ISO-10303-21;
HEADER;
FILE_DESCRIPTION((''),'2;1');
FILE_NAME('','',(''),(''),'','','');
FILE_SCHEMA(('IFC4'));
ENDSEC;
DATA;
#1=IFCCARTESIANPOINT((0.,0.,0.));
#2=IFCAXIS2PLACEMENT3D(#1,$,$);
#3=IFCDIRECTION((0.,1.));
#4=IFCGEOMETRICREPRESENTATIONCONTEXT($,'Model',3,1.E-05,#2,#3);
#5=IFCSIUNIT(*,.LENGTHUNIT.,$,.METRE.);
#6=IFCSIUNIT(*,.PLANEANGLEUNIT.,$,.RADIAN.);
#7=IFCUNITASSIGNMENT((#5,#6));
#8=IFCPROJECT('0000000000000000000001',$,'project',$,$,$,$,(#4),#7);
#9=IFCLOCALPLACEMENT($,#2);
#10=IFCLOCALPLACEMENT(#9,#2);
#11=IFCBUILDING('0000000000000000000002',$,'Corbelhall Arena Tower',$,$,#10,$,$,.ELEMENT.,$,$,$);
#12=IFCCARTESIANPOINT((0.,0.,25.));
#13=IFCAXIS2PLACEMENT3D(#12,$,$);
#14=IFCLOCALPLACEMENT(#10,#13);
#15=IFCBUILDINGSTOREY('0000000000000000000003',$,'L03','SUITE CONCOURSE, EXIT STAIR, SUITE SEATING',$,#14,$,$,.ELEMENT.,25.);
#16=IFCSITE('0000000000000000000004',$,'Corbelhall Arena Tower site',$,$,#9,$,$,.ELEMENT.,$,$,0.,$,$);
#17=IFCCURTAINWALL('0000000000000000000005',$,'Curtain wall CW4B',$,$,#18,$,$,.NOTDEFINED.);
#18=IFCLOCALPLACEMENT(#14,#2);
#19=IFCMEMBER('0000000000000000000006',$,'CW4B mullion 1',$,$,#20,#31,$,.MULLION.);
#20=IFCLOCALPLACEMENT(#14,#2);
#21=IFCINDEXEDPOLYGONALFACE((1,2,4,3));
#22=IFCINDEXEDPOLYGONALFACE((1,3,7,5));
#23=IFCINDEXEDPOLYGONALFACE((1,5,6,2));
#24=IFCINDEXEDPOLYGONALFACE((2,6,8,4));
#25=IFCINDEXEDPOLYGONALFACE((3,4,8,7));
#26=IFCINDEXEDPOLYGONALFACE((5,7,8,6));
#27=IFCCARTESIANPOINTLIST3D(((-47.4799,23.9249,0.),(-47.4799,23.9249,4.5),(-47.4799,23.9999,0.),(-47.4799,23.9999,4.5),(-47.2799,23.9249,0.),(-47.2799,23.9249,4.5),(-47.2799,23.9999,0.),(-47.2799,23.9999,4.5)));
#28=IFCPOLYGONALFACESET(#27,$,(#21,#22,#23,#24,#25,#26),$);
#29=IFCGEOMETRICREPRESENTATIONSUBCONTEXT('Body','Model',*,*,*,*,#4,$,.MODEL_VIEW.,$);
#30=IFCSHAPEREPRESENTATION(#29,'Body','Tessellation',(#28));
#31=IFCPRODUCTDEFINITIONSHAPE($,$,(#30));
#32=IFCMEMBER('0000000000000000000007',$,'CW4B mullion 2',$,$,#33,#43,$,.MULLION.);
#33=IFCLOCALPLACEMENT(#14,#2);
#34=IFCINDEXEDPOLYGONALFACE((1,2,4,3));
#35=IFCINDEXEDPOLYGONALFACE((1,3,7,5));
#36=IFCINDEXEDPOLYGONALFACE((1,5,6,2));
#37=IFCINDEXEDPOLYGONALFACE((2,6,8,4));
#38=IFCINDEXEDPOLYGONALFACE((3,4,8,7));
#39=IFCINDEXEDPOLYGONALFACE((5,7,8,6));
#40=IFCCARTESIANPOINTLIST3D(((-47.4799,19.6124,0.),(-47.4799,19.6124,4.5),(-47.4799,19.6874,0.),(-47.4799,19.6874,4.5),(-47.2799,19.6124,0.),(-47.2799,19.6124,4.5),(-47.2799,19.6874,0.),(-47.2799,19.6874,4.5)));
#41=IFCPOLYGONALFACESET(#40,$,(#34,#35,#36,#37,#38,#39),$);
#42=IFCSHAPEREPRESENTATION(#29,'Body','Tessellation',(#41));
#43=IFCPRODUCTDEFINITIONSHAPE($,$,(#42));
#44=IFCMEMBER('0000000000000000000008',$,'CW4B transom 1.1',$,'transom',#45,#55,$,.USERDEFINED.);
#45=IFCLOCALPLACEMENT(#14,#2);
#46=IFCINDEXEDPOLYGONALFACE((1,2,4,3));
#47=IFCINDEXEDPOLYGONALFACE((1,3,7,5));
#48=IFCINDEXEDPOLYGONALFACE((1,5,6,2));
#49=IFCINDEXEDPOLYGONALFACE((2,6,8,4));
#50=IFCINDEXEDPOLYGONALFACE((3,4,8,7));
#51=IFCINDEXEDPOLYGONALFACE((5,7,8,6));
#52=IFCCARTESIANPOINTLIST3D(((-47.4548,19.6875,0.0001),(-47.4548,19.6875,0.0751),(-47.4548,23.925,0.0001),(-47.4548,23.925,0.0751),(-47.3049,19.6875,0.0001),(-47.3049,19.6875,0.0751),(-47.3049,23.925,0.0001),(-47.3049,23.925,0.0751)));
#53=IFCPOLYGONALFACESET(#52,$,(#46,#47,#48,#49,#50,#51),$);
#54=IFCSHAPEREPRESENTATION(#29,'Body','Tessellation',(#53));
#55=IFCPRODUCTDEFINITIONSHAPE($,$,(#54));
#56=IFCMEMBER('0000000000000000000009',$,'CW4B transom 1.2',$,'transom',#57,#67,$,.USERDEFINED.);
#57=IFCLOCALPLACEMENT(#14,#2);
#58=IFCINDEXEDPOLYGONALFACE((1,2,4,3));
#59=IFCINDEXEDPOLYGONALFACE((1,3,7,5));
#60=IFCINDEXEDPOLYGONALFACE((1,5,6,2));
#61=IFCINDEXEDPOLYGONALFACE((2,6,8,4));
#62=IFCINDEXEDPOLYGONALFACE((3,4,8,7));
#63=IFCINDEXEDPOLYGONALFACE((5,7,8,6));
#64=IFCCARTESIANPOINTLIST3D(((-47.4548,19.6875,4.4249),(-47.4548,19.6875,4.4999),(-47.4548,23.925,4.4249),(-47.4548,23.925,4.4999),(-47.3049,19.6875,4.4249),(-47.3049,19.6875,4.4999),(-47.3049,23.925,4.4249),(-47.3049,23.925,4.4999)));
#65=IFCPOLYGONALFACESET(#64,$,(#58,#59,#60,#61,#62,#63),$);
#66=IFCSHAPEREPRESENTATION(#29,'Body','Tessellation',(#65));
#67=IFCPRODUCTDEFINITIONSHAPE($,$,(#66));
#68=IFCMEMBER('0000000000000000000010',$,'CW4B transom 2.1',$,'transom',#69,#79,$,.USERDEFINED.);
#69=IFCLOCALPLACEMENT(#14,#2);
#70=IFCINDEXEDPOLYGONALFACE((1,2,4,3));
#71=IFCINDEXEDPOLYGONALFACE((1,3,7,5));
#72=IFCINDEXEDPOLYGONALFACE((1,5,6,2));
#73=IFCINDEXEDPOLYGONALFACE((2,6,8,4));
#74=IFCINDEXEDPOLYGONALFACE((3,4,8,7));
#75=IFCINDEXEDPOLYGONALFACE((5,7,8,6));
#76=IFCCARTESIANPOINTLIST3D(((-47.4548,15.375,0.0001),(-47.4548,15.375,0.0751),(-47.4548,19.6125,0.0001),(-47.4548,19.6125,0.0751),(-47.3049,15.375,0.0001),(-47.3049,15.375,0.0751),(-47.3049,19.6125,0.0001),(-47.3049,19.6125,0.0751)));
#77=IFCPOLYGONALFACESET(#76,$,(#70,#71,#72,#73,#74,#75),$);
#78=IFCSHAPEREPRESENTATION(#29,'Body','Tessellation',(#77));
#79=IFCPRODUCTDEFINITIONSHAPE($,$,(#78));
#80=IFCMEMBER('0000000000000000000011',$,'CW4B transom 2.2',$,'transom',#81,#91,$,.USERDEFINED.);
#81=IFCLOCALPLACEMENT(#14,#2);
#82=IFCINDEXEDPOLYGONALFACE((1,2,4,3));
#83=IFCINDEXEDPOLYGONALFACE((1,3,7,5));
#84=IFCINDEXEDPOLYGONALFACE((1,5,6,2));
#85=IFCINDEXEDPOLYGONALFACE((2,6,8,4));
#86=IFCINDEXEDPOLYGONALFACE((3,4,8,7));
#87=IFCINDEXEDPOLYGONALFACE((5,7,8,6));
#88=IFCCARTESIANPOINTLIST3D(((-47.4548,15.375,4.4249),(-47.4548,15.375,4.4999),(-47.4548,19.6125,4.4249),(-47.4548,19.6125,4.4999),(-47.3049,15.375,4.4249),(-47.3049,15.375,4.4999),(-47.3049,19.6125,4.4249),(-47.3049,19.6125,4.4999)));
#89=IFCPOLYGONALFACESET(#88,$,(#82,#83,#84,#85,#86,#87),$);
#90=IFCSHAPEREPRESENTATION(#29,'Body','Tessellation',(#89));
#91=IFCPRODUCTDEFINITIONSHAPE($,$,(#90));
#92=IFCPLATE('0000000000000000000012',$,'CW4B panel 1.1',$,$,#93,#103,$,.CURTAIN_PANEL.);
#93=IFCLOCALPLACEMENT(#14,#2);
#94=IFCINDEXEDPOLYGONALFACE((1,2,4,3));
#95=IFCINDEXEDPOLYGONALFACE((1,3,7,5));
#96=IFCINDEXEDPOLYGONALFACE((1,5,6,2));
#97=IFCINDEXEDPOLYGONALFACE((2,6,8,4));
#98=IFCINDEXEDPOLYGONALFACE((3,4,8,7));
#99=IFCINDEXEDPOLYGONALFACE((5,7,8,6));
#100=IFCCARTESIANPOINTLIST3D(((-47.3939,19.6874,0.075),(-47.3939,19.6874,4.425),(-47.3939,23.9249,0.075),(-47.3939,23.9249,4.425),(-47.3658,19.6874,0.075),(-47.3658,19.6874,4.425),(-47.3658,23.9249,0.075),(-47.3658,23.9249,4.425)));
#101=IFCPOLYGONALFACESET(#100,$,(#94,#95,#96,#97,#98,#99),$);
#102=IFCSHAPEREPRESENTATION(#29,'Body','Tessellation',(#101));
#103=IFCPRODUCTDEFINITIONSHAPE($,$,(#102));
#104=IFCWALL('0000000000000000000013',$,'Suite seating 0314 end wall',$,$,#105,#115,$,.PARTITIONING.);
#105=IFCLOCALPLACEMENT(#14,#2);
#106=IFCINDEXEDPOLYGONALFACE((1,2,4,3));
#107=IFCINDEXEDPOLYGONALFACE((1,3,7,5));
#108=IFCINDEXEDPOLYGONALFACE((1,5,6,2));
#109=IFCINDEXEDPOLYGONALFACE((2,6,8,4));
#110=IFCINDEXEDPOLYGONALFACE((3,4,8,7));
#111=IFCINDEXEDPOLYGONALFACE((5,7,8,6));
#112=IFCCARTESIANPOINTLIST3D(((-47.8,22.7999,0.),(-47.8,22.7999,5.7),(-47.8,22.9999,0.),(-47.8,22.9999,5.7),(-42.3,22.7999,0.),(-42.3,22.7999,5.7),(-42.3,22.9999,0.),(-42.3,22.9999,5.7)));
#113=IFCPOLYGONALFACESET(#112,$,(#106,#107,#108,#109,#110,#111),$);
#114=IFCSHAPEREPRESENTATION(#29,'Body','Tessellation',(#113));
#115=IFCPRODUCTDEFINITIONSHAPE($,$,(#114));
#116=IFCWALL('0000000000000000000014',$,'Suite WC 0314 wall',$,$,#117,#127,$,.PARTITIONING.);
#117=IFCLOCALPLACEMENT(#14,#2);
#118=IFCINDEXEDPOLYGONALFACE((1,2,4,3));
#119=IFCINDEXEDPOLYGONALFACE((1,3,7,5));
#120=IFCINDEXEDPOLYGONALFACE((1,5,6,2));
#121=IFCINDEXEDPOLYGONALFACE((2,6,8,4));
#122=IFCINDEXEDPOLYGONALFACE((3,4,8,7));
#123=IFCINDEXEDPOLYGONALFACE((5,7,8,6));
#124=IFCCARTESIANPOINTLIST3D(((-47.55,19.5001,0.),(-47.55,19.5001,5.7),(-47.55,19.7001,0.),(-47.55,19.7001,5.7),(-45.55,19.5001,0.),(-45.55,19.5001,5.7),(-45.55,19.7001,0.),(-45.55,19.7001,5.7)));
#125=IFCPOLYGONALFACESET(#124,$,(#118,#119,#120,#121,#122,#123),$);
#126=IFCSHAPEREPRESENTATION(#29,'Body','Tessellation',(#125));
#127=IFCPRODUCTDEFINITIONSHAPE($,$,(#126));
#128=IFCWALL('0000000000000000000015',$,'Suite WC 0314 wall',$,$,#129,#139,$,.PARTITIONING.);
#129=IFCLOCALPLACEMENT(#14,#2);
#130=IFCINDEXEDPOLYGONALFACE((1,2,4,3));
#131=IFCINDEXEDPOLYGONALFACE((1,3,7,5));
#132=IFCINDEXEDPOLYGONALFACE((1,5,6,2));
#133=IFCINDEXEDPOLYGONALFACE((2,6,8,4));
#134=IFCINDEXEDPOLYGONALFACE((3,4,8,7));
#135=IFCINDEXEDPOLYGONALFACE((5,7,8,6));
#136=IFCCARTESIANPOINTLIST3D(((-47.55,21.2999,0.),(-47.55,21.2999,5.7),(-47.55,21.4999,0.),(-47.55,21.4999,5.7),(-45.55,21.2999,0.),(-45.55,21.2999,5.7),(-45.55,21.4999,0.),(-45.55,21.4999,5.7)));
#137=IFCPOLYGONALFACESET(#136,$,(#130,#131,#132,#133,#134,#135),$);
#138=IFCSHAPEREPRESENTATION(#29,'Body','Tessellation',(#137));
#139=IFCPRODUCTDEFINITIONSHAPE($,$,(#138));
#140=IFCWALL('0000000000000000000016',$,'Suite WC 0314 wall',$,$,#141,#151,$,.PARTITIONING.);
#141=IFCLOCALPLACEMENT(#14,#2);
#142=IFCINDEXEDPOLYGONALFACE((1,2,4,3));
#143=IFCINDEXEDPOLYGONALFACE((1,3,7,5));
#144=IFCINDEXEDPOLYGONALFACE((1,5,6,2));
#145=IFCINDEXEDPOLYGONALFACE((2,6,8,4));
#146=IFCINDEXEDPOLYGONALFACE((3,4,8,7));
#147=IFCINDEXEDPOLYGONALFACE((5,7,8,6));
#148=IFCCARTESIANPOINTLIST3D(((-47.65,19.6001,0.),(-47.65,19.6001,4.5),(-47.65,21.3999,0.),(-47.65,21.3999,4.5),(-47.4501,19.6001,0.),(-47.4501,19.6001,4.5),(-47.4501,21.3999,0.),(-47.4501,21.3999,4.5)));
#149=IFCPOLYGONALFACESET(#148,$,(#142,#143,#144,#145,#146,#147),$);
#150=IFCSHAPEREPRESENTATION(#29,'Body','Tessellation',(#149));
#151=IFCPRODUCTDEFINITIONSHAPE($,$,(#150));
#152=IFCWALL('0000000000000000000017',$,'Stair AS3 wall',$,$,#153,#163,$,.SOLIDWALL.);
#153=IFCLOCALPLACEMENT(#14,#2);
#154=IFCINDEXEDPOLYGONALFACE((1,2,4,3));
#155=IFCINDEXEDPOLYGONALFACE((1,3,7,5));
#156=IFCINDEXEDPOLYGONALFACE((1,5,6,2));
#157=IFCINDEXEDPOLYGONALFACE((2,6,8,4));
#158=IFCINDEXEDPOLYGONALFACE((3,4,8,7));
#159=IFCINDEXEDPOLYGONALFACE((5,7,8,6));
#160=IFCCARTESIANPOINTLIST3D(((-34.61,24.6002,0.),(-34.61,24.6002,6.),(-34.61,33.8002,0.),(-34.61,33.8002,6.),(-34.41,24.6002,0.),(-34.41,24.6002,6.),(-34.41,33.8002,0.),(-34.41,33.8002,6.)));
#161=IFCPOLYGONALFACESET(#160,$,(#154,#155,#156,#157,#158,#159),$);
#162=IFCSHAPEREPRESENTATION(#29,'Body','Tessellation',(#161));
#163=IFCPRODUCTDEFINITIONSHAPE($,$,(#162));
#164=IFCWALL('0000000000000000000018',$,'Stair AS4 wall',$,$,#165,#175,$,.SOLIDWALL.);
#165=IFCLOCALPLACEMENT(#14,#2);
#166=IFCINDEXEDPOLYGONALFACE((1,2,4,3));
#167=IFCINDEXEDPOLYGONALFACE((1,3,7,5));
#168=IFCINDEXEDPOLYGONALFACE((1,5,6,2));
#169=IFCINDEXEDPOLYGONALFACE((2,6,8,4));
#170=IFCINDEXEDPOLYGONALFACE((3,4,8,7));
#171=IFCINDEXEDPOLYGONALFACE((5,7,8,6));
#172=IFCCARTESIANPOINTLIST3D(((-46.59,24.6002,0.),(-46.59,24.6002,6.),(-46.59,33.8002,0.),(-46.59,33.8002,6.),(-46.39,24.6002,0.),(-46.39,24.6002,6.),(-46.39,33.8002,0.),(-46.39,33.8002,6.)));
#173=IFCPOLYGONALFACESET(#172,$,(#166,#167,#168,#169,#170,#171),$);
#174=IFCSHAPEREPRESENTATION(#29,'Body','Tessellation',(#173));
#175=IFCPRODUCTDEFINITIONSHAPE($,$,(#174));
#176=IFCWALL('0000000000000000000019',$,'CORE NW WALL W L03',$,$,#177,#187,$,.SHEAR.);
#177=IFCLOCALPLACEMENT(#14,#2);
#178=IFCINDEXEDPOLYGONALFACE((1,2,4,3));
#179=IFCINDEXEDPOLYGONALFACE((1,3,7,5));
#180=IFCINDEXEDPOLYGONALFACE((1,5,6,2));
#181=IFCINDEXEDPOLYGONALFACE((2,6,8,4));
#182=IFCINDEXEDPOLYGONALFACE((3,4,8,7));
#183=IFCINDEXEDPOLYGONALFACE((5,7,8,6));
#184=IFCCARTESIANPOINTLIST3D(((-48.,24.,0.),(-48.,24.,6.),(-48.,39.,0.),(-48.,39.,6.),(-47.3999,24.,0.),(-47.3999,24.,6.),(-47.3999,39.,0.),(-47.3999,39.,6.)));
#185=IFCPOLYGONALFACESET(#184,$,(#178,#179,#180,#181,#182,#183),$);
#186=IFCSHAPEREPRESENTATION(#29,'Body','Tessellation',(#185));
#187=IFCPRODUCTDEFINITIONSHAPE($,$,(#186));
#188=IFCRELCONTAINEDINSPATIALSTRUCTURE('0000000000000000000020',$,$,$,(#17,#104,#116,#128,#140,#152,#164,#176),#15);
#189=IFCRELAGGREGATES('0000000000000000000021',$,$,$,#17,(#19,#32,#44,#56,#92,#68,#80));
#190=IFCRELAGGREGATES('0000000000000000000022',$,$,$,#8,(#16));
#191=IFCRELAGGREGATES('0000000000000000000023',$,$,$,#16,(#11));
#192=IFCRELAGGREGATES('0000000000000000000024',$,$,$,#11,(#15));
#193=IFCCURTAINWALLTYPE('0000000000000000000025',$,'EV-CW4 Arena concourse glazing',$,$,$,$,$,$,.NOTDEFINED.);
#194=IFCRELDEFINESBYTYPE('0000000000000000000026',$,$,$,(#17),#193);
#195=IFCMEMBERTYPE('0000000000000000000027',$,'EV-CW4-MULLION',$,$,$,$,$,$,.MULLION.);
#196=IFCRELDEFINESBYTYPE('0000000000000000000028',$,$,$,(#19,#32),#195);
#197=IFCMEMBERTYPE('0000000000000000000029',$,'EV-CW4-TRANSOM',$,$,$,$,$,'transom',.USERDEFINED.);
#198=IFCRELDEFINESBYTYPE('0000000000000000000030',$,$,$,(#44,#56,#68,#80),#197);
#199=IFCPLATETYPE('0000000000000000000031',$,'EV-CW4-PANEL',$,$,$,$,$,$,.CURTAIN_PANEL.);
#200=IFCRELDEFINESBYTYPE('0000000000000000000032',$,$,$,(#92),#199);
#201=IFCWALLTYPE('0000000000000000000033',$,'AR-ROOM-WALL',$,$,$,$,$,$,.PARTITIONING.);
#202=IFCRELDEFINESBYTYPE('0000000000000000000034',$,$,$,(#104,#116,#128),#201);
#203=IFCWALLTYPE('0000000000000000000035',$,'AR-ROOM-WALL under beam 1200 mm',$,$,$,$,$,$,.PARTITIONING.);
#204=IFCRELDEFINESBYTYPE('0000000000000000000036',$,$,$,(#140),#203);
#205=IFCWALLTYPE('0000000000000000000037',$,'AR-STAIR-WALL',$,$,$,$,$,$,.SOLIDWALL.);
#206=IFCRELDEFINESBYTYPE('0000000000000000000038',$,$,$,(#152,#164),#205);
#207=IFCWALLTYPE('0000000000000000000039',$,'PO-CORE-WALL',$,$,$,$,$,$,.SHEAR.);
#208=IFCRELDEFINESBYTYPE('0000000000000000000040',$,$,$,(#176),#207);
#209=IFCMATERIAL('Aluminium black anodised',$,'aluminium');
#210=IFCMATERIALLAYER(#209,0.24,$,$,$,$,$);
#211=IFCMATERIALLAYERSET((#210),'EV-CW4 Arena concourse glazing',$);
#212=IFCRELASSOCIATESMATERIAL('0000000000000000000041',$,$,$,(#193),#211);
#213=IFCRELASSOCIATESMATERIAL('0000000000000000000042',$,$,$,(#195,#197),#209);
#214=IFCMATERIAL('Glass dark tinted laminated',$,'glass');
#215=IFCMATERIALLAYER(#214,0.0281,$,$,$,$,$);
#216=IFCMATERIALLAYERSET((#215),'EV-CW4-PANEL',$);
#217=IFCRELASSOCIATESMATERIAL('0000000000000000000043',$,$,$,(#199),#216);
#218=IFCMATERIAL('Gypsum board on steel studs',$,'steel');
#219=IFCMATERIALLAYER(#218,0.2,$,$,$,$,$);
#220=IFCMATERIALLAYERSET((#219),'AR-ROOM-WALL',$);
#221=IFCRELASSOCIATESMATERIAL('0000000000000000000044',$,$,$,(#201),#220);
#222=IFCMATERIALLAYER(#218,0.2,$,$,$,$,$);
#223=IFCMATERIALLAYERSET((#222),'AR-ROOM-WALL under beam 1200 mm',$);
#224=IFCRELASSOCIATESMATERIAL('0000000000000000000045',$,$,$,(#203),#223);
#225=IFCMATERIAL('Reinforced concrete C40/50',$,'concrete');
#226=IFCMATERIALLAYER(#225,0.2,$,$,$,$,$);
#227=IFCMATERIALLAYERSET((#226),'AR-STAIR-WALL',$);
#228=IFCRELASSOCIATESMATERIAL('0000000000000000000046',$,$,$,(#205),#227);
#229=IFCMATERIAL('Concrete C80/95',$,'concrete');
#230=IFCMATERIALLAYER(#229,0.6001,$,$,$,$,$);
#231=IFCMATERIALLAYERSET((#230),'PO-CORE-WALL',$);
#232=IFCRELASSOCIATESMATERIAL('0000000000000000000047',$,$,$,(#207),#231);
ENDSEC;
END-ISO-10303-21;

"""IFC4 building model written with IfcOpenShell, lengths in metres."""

from ifc_helpers import new_model, si_unit, direction, frame, frame_2d, origin, origin_2d, place, context, subcontext, project, spatial, rectangle, extrude, material, layer, layer_set, material_profile, profile_set, type_object, element, aggregate, save


model = new_model("IFC4")

# Units and contexts
model_context = context("Model", 3, precision=1e-05, world=origin(), true_north=direction((0.0, 1.0)))
body_context = subcontext(model_context, "Body", "Model", "MODEL_VIEW")
ifc_project = project(units=[si_unit("LENGTHUNIT", "METRE"), si_unit("PLANEANGLEUNIT", "RADIAN")], contexts=[model_context])

# Site, building, storey
site_placement = place(None, origin())
site = spatial("IfcSite", under=ifc_project, at=site_placement, Name="Corbelhall Arena Tower site", CompositionType="ELEMENT", RefElevation=0.0)
building_placement = place(site_placement, origin())
building = spatial("IfcBuilding", under=site, at=building_placement, Name="Corbelhall Arena Tower", CompositionType="ELEMENT")
storey_placement = place(building_placement, frame((0.0, 0.0, 25.0)))
storey = spatial("IfcBuildingStorey", under=building, at=storey_placement, Name="L03", Description="SUITE CONCOURSE, EXIT STAIR, SUITE SEATING", CompositionType="ELEMENT", Elevation=25.0)

# Curtain wall, members, plate
ifc_material_1 = material(Name="Aluminium black anodised", Category="aluminium")
ifc_layer_1 = layer(ifc_material_1, 0.24)
ifc_layer_set_1 = layer_set([ifc_layer_1], Name="EV-CW4 Arena concourse glazing")
curtain_wall_type = type_object("IfcCurtainWallType", Name="EV-CW4 Arena concourse glazing", PredefinedType="NOTDEFINED", material=ifc_layer_set_1)
curtain_wall_placement = place(storey_placement, origin())
curtain_wall = element("IfcCurtainWall", 1, at=curtain_wall_placement, inside=storey, type_object=curtain_wall_type, Name="Curtain wall CW4B", PredefinedType="NOTDEFINED")
ifc_material_profile_1 = material_profile(ifc_material_1, rectangle(XDim=0.2, YDim=0.075, at=origin_2d()))
ifc_profile_set_1 = profile_set([ifc_material_profile_1], Name="Aluminium black anodised")
member_type_1 = type_object("IfcMemberType", Name="EV-CW4-MULLION", PredefinedType="MULLION", material=ifc_profile_set_1)
member_1_placement = place(storey_placement, frame((-47.3799, 23.9624, 0.0), z_axis=(0.0, 0.0, 1.0), x_axis=(1.0, 0.0, 0.0)))
member_1 = element("IfcMember", 2, at=member_1_placement, type_object=member_type_1, Name="CW4B mullion 1", PredefinedType="MULLION", context=body_context, shape_type="SweptSolid", body=[
    extrude(rectangle(XDim=0.2, YDim=0.075, at=origin_2d()), origin(), (0.0, 0.0, 1.0), 4.5),
])
member_2_placement = place(storey_placement, frame((-47.3799, 19.6499, 0.0), z_axis=(0.0, 0.0, 1.0), x_axis=(1.0, 0.0, 0.0)))
member_2 = element("IfcMember", 3, at=member_2_placement, type_object=member_type_1, Name="CW4B mullion 2", PredefinedType="MULLION", context=body_context, shape_type="SweptSolid", body=[
    extrude(rectangle(XDim=0.2, YDim=0.075, at=origin_2d()), origin(), (0.0, 0.0, 1.0), 4.5),
])
ifc_material_profile_2 = material_profile(ifc_material_1, rectangle(XDim=0.1499, YDim=0.075, at=origin_2d()))
ifc_profile_set_2 = profile_set([ifc_material_profile_2], Name="Aluminium black anodised")
member_type_2 = type_object("IfcMemberType", Name="EV-CW4-TRANSOM", ElementType="transom", PredefinedType="USERDEFINED", material=ifc_profile_set_2)
member_3_placement = place(storey_placement, frame((-47.3799, 23.925, 0.0376), z_axis=(0.0, -1.0, 0.0), x_axis=(1.0, 0.0, 0.0)))
member_3 = element("IfcMember", 4, at=member_3_placement, type_object=member_type_2, Name="CW4B transom 1.1", ObjectType="transom", PredefinedType="USERDEFINED", context=body_context, shape_type="SweptSolid", body=[
    extrude(rectangle(XDim=0.1499, YDim=0.075, at=origin_2d()), origin(), (0.0, 0.0, 1.0), 4.2375),
])
member_4_placement = place(storey_placement, frame((-47.3799, 23.925, 4.4624), z_axis=(0.0, -1.0, 0.0), x_axis=(1.0, 0.0, 0.0)))
member_4 = element("IfcMember", 5, at=member_4_placement, type_object=member_type_2, Name="CW4B transom 1.2", ObjectType="transom", PredefinedType="USERDEFINED", context=body_context, shape_type="SweptSolid", body=[
    extrude(rectangle(XDim=0.1499, YDim=0.075, at=origin_2d()), origin(), (0.0, 0.0, 1.0), 4.2375),
])
member_5_placement = place(storey_placement, frame((-47.3799, 19.6125, 0.0376), z_axis=(0.0, -1.0, 0.0), x_axis=(1.0, 0.0, 0.0)))
member_5 = element("IfcMember", 6, at=member_5_placement, type_object=member_type_2, Name="CW4B transom 2.1", ObjectType="transom", PredefinedType="USERDEFINED", context=body_context, shape_type="SweptSolid", body=[
    extrude(rectangle(XDim=0.1499, YDim=0.075, at=origin_2d()), origin(), (0.0, 0.0, 1.0), 4.2375),
])
member_6_placement = place(storey_placement, frame((-47.3799, 19.6125, 4.4624), z_axis=(0.0, -1.0, 0.0), x_axis=(1.0, 0.0, 0.0)))
member_6 = element("IfcMember", 7, at=member_6_placement, type_object=member_type_2, Name="CW4B transom 2.2", ObjectType="transom", PredefinedType="USERDEFINED", context=body_context, shape_type="SweptSolid", body=[
    extrude(rectangle(XDim=0.1499, YDim=0.075, at=origin_2d()), origin(), (0.0, 0.0, 1.0), 4.2375),
])
ifc_material_2 = material(Name="Glass dark tinted laminated", Category="glass")
ifc_layer_2 = layer(ifc_material_2, 0.0281)
ifc_layer_set_2 = layer_set([ifc_layer_2], Name="EV-CW4-PANEL")
plate_type = type_object("IfcPlateType", Name="EV-CW4-PANEL", PredefinedType="CURTAIN_PANEL", material=ifc_layer_set_2)
plate_placement = place(storey_placement, frame((-47.3799, 21.8062, 0.075), z_axis=(0.0, 0.0, 1.0), x_axis=(0.0, -1.0, 0.0)))
plate = element("IfcPlate", 8, at=plate_placement, type_object=plate_type, Name="CW4B panel 1.1", PredefinedType="CURTAIN_PANEL", context=body_context, shape_type="SweptSolid", body=[
    extrude(rectangle(XDim=4.2375, YDim=0.0281, at=origin_2d()), origin(), (0.0, 0.0, 1.0), 4.3501),
])
aggregate(curtain_wall, [member_1, member_2, member_3, member_4, plate, member_5, member_6])

# Walls
ifc_material_3 = material(Name="Gypsum board on steel studs", Category="steel")
ifc_layer_3 = layer(ifc_material_3, 0.2)
ifc_layer_set_3 = layer_set([ifc_layer_3], Name="AR-ROOM-WALL")
wall_type_1 = type_object("IfcWallType", Name="AR-ROOM-WALL", PredefinedType="PARTITIONING", material=ifc_layer_set_3)
wall_1_placement = place(storey_placement, frame((-42.3, 22.8999, 0.0), z_axis=(0.0, 0.0, 1.0), x_axis=(-1.0, 0.0, 0.0)))
element("IfcWall", 9, at=wall_1_placement, inside=storey, type_object=wall_type_1, Name="Suite seating 0314 end wall", PredefinedType="PARTITIONING", context=body_context, shape_type="SweptSolid", body=[
    extrude(rectangle(XDim=5.5, YDim=0.2, at=frame_2d((2.75, 0.0))), origin(), (0.0, 0.0, 1.0), 5.7),
])
for number, where, z_axis, x_axis, name in (
    (10, (-47.55, 19.6001, 0.0), (0.0, 0.0, 1.0), (1.0, 0.0, 0.0), "Suite WC 0314 wall"),
    (11, (-45.55, 21.3999, 0.0), (0.0, 0.0, 1.0), (-1.0, 0.0, 0.0), "Suite WC 0314 wall"),
):
    element("IfcWall", number, at=place(storey_placement, frame(where, z_axis=z_axis, x_axis=x_axis)), inside=storey, type_object=wall_type_1, Name=name, PredefinedType="PARTITIONING", context=body_context, shape_type="SweptSolid", body=[
        extrude(rectangle(XDim=2.0, YDim=0.2, at=frame_2d((1.0, 0.0))), origin(), (0.0, 0.0, 1.0), 5.7),
    ])

# Walls
ifc_layer_4 = layer(ifc_material_3, 0.2)
ifc_layer_set_4 = layer_set([ifc_layer_4], Name="AR-ROOM-WALL under beam 1200 mm")
wall_type_2 = type_object("IfcWallType", Name="AR-ROOM-WALL under beam 1200 mm", PredefinedType="PARTITIONING", material=ifc_layer_set_4)
wall_2_placement = place(storey_placement, frame((-47.55, 19.6001, 0.0), z_axis=(0.0, 0.0, 1.0), x_axis=(0.0, 1.0, 0.0)))
element("IfcWall", 12, at=wall_2_placement, inside=storey, type_object=wall_type_2, Name="Suite WC 0314 wall", PredefinedType="PARTITIONING", context=body_context, shape_type="SweptSolid", body=[
    extrude(rectangle(XDim=1.7998, YDim=0.2, at=frame_2d((0.8999, 0.0))), origin(), (0.0, 0.0, 1.0), 4.5),
])
ifc_material_4 = material(Name="Reinforced concrete C40/50", Category="concrete")
ifc_layer_5 = layer(ifc_material_4, 0.2)
ifc_layer_set_5 = layer_set([ifc_layer_5], Name="AR-STAIR-WALL")
wall_type_3 = type_object("IfcWallType", Name="AR-STAIR-WALL", PredefinedType="SOLIDWALL", material=ifc_layer_set_5)
for number, where, z_axis, x_axis, name in (
    (13, (-34.51, 24.6001, 0.0), (0.0, 0.0, 1.0), (0.0, 1.0, 0.0), "Stair AS3 wall"),
    (14, (-46.49, 24.6001, 0.0), (0.0, 0.0, 1.0), (0.0, 1.0, 0.0), "Stair AS4 wall"),
):
    element("IfcWall", number, at=place(storey_placement, frame(where, z_axis=z_axis, x_axis=x_axis)), inside=storey, type_object=wall_type_3, Name=name, PredefinedType="SOLIDWALL", context=body_context, shape_type="SweptSolid", body=[
        extrude(rectangle(XDim=9.2, YDim=0.2, at=frame_2d((4.6001, 0.0))), origin(), (0.0, 0.0, 1.0), 6.0),
    ])

# Shared definitions
ifc_material_5 = material(Name="Concrete C80/95", Category="concrete")
ifc_layer_6 = layer(ifc_material_5, 0.6001)
ifc_layer_set_6 = layer_set([ifc_layer_6], Name="PO-CORE-WALL")
wall_type_4 = type_object("IfcWallType", Name="PO-CORE-WALL", PredefinedType="SHEAR", material=ifc_layer_set_6)

# Wall
wall_3_placement = place(storey_placement, frame((-47.7, 24.0, 0.0), z_axis=(0.0, 0.0, 1.0), x_axis=(0.0, 1.0, 0.0)))
element("IfcWall", 15, at=wall_3_placement, inside=storey, type_object=wall_type_4, Name="CORE NW WALL W L03", PredefinedType="SHEAR", context=body_context, shape_type="SweptSolid", body=[
    extrude(rectangle(XDim=15.0, YDim=0.6001, at=frame_2d((7.5, 0.0))), origin(), (0.0, 0.0, 1.0), 6.0),
])

save(model, "model.ifc")
